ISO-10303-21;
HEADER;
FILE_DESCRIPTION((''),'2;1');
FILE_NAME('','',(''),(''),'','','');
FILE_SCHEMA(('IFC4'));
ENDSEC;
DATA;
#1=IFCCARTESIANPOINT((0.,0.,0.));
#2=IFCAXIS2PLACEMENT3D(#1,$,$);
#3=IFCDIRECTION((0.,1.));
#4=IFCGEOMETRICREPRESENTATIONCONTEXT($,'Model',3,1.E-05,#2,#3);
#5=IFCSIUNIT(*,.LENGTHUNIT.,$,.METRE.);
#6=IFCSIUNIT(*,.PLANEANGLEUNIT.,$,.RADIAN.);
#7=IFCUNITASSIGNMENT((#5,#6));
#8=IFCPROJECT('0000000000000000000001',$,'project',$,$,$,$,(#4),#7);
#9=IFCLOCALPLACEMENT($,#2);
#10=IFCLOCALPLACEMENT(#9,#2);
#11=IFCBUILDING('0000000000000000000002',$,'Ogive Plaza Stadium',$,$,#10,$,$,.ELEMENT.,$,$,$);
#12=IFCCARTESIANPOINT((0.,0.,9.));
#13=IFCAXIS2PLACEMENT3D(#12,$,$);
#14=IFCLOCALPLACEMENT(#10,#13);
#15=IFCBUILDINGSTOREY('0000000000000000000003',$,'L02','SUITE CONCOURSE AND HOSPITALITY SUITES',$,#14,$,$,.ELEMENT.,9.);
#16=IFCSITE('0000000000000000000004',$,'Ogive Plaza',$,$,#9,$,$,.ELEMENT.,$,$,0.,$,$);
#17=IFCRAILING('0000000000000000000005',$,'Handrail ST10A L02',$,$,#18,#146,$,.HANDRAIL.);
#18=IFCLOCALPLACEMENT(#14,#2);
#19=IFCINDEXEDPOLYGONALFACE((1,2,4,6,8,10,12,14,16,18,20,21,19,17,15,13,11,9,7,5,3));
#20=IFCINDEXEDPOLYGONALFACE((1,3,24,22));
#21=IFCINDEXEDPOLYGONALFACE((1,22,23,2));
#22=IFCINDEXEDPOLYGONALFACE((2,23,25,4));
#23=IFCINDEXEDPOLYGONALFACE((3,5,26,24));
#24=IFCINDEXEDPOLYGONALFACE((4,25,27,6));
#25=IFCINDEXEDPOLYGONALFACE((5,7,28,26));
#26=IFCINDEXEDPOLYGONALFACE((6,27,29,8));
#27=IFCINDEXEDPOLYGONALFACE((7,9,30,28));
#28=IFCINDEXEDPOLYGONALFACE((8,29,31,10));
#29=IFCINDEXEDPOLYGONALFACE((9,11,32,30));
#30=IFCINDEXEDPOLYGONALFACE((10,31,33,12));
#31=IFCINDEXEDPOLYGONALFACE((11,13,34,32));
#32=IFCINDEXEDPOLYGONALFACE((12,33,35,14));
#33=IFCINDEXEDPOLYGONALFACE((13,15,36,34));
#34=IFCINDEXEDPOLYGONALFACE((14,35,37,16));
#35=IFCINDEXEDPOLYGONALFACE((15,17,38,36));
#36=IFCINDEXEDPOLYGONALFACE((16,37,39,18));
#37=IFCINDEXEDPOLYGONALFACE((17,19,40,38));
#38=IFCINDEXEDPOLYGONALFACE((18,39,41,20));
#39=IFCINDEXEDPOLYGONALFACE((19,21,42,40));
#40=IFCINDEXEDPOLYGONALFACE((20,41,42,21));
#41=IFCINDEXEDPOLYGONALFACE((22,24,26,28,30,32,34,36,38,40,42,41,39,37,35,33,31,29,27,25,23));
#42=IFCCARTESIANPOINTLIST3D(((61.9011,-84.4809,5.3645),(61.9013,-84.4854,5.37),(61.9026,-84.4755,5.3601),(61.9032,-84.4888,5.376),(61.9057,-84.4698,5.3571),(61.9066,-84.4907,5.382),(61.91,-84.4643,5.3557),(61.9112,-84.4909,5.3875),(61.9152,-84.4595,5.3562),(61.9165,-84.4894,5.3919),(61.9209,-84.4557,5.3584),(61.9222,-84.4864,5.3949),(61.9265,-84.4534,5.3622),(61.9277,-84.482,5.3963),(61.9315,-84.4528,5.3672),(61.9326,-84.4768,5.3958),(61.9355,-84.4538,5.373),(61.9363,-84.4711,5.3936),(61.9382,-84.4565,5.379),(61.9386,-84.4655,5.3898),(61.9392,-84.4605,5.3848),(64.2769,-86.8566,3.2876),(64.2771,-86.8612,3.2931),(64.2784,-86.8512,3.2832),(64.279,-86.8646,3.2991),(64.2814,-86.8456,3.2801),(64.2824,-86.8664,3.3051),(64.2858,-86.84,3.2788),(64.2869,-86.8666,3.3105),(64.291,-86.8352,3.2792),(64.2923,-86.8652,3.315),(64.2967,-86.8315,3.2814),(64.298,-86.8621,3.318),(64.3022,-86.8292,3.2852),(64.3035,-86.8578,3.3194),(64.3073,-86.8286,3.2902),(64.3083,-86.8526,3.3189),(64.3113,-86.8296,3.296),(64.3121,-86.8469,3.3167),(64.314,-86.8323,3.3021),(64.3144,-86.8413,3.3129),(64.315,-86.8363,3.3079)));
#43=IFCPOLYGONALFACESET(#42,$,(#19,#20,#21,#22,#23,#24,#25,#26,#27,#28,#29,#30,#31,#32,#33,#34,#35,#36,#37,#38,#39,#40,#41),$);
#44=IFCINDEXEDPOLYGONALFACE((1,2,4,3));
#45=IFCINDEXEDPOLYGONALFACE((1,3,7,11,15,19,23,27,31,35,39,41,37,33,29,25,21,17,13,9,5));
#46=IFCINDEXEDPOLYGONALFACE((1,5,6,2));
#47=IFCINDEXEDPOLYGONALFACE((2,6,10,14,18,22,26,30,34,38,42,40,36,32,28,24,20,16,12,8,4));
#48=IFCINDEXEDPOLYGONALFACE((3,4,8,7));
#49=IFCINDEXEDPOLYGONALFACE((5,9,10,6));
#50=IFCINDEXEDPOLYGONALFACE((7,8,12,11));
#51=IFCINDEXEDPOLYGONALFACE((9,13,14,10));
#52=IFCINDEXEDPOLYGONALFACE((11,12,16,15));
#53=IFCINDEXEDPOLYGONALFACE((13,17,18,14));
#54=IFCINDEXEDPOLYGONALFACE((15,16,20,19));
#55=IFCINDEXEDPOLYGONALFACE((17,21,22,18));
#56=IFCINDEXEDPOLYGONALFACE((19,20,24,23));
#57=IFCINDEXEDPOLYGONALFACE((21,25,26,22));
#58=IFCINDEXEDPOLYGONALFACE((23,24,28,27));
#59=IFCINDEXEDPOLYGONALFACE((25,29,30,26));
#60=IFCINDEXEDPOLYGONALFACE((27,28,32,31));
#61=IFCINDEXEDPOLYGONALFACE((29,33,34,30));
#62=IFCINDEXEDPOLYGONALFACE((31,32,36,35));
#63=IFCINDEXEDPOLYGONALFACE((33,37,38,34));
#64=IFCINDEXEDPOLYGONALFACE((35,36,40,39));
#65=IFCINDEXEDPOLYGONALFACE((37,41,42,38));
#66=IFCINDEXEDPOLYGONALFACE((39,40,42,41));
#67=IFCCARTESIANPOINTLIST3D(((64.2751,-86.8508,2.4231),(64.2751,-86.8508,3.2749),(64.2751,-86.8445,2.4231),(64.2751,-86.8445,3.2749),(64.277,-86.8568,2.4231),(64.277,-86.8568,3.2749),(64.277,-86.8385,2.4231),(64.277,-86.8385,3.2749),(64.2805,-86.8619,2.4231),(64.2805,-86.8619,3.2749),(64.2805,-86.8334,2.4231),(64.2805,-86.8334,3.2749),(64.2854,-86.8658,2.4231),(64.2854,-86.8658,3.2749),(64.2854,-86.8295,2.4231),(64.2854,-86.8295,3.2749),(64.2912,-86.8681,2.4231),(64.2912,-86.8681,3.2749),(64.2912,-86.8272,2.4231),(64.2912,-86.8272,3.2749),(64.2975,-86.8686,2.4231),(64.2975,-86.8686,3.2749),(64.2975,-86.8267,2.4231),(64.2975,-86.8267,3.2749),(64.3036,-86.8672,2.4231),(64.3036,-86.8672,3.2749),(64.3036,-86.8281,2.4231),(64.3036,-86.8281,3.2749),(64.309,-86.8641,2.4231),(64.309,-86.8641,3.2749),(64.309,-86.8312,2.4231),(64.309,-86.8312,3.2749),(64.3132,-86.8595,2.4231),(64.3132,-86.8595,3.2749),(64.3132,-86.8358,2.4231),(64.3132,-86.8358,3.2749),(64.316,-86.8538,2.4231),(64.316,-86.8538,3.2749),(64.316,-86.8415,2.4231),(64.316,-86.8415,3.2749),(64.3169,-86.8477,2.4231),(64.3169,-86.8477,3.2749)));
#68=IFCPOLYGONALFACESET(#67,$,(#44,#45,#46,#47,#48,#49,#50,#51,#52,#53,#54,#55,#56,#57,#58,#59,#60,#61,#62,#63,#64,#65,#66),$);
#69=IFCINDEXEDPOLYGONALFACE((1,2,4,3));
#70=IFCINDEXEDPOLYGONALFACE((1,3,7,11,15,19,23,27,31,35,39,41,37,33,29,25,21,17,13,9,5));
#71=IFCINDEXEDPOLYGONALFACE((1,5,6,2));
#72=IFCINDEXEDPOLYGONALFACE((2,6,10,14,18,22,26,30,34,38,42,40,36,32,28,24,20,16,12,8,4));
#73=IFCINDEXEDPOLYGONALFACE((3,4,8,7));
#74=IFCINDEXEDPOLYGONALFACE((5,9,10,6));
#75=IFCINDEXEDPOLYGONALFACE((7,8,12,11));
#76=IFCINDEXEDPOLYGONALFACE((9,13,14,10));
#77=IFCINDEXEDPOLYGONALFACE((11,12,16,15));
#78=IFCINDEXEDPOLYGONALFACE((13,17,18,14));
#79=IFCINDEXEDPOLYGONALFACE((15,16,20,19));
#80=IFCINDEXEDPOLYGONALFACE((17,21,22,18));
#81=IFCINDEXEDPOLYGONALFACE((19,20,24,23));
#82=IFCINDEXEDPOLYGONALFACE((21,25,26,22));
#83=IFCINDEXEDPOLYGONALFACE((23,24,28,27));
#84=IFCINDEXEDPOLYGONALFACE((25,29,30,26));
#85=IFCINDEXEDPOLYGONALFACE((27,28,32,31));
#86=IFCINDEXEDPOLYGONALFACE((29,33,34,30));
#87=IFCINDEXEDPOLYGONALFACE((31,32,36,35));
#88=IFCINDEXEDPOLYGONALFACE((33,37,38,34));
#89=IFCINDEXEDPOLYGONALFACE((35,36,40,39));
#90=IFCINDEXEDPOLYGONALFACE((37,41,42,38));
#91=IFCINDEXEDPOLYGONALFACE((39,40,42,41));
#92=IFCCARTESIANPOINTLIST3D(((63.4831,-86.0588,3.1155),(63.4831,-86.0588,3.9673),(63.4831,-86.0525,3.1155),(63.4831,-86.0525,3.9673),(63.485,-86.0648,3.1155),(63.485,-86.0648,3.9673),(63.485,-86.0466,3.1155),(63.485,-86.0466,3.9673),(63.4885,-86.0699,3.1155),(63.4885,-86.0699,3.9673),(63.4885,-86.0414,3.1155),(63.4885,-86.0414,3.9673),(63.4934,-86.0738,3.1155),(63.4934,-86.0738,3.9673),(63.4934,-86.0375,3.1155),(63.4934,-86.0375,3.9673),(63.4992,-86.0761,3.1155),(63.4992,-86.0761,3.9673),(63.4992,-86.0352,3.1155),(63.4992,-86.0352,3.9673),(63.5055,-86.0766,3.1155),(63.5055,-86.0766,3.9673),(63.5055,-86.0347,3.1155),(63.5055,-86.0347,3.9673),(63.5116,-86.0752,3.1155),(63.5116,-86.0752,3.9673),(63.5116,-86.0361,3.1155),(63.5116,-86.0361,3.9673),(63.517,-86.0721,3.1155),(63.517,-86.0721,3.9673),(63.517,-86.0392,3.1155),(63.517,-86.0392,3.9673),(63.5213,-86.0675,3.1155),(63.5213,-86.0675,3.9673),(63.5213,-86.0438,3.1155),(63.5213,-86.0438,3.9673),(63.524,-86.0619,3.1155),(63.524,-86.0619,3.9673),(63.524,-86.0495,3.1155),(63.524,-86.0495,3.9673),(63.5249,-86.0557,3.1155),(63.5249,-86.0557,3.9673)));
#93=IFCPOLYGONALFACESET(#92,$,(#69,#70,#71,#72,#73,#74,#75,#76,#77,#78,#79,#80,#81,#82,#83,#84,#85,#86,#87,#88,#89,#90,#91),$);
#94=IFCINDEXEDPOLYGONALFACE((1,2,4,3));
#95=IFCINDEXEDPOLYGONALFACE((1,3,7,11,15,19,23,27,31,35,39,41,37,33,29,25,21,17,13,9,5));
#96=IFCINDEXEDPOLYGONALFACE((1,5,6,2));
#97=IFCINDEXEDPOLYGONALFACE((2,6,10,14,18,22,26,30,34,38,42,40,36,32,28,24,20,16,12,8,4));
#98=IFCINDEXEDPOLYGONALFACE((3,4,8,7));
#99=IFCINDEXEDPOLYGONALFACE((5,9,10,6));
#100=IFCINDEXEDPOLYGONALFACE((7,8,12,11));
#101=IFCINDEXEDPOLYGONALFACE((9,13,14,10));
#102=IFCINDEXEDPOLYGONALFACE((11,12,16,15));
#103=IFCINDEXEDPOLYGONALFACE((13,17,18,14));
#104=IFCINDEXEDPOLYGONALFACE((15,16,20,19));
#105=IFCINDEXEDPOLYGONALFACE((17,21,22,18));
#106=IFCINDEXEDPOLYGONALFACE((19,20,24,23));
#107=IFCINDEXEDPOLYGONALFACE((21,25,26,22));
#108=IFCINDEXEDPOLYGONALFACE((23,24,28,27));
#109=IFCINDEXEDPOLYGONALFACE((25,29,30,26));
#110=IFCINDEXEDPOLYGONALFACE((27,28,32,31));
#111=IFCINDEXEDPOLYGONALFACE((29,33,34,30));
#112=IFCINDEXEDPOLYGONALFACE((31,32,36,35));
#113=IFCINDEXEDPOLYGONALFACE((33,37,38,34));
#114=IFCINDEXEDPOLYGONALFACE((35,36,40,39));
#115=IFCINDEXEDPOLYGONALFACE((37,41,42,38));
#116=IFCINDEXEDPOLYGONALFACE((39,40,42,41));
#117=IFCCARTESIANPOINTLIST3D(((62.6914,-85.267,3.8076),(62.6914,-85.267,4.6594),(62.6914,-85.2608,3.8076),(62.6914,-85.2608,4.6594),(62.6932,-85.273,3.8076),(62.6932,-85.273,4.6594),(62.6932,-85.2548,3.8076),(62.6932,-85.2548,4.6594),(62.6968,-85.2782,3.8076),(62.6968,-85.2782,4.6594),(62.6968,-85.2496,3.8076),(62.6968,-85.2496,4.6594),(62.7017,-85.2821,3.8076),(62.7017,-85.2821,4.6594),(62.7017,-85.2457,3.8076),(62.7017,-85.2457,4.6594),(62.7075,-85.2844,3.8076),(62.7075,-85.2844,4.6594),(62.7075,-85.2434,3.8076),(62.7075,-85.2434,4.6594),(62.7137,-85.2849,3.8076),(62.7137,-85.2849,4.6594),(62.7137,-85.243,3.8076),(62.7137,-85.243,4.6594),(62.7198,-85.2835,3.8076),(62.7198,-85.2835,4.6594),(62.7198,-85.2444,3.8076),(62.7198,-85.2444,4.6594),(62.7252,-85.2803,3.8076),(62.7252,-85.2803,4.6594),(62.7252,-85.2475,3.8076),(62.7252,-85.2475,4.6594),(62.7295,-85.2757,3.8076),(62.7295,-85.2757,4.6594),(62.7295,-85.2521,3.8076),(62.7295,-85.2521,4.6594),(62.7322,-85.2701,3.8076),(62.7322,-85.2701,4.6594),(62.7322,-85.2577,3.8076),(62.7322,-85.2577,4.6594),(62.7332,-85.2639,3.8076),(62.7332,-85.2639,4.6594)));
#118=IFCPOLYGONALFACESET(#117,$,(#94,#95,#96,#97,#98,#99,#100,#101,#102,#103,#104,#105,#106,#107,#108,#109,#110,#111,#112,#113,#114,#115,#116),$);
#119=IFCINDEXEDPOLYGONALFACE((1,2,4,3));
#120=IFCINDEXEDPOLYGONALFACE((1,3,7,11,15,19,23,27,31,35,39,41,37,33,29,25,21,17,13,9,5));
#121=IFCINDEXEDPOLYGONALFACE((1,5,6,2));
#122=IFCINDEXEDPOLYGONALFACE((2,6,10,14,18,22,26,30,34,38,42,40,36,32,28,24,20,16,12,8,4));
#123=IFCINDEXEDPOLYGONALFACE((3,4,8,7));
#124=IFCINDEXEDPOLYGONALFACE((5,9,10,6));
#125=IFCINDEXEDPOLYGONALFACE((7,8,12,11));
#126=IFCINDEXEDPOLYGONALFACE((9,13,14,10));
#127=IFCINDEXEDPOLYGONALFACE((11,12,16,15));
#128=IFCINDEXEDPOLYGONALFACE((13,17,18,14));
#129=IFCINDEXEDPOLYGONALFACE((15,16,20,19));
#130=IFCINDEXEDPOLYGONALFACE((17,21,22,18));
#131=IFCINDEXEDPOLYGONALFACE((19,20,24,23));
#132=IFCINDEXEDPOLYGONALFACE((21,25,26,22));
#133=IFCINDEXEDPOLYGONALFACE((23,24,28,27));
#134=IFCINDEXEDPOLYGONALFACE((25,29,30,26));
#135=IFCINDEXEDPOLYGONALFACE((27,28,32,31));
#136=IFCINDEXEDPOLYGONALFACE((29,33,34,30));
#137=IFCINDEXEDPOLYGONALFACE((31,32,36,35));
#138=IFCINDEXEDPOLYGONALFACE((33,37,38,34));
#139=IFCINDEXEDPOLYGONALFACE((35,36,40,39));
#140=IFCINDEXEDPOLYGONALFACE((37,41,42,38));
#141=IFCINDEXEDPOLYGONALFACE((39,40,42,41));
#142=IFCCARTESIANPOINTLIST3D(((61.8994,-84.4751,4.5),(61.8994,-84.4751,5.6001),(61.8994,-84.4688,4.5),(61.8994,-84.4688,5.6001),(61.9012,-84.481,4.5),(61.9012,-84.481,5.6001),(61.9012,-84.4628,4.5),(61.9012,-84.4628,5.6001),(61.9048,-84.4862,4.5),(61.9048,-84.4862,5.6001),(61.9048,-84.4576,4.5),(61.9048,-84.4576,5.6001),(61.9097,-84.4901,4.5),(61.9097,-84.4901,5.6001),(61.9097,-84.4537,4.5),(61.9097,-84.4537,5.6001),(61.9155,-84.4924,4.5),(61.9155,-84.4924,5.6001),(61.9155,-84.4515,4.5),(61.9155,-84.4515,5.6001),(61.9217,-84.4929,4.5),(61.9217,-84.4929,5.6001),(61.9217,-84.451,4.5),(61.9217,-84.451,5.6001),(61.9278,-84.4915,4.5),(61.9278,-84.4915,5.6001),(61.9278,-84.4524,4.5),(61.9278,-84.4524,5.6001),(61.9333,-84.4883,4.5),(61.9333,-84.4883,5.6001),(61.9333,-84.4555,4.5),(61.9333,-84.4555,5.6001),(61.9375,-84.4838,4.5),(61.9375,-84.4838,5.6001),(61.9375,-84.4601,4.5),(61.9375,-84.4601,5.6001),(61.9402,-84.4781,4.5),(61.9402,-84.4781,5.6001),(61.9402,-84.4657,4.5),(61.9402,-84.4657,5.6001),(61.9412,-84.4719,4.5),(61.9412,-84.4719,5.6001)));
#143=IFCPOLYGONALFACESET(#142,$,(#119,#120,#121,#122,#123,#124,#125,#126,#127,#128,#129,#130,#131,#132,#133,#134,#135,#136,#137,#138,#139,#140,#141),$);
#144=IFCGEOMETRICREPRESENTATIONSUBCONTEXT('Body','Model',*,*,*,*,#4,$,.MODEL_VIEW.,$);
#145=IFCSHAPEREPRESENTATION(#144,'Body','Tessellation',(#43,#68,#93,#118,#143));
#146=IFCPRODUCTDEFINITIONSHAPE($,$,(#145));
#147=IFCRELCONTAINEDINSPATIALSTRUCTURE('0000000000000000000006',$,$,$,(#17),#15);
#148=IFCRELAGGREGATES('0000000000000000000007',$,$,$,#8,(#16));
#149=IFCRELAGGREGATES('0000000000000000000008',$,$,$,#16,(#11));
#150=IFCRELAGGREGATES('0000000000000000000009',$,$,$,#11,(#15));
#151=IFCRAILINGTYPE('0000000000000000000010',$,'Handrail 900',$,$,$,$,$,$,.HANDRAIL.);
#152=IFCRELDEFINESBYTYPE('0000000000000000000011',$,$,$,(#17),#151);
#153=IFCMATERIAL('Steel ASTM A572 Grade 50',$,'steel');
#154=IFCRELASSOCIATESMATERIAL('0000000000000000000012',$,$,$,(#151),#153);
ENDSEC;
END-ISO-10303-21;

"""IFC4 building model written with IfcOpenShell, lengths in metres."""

from ifc_helpers import new_model, si_unit, direction, frame, origin, origin_2d, place, context, subcontext, project, spatial, circle, extrude, material, type_object, element, save


model = new_model("IFC4")

# Units and contexts
model_context = context("Model", 3, precision=1e-05, world=origin(), true_north=direction((0.0, 1.0)))
body_context = subcontext(model_context, "Body", "Model", "MODEL_VIEW")
ifc_project = project(units=[si_unit("LENGTHUNIT", "METRE"), si_unit("PLANEANGLEUNIT", "RADIAN")], contexts=[model_context])

# Site, building, storey
site_placement = place(None, origin())
site = spatial("IfcSite", under=ifc_project, at=site_placement, Name="Ogive Plaza", CompositionType="ELEMENT", RefElevation=0.0)
building_placement = place(site_placement, origin())
building = spatial("IfcBuilding", under=site, at=building_placement, Name="Ogive Plaza Stadium", CompositionType="ELEMENT")
storey_placement = place(building_placement, frame((0.0, 0.0, 9.0)))
storey = spatial("IfcBuildingStorey", under=building, at=storey_placement, Name="L02", Description="SUITE CONCOURSE AND HOSPITALITY SUITES", CompositionType="ELEMENT", Elevation=9.0)

# Railing
ifc_material_1 = material(Name="Steel ASTM A572 Grade 50", Category="steel")
railing_type_1 = type_object("IfcRailingType", Name="Handrail 900", PredefinedType="HANDRAIL", material=ifc_material_1)
for number, where, name in (
    (1, (64.2959, -86.8477, 2.4231), "Handrail ST10A L02"),
):
    element("IfcRailing", number, at=place(storey_placement, frame(where)), inside=storey, type_object=railing_type_1, Name=name, PredefinedType="HANDRAIL", context=body_context, shape_type="SweptSolid", body=[
        extrude(circle(Radius=0.0239, at=origin_2d()), frame((0.0, 0.0, 0.876), z_axis=(-0.601466, 0.601466, 0.525811), x_axis=(-0.707107, -0.707107, 0.0)), (0.0, 0.0, 1.0), 3.95),
        extrude(circle(Radius=0.021, at=origin_2d()), origin(), (0.0, 0.0, 1.0), 0.8518),
        extrude(circle(Radius=0.021, at=origin_2d()), frame((-0.792, 0.792, 0.6924)), (0.0, 0.0, 1.0), 0.8518),
        extrude(circle(Radius=0.021, at=origin_2d()), frame((-1.5837, 1.5837, 1.3845)), (0.0, 0.0, 1.0), 0.8518),
        extrude(circle(Radius=0.021, at=origin_2d()), frame((-2.3757, 2.3757, 2.0769)), (0.0, 0.0, 1.0), 1.1001),
    ])

save(model, "model.ifc")
